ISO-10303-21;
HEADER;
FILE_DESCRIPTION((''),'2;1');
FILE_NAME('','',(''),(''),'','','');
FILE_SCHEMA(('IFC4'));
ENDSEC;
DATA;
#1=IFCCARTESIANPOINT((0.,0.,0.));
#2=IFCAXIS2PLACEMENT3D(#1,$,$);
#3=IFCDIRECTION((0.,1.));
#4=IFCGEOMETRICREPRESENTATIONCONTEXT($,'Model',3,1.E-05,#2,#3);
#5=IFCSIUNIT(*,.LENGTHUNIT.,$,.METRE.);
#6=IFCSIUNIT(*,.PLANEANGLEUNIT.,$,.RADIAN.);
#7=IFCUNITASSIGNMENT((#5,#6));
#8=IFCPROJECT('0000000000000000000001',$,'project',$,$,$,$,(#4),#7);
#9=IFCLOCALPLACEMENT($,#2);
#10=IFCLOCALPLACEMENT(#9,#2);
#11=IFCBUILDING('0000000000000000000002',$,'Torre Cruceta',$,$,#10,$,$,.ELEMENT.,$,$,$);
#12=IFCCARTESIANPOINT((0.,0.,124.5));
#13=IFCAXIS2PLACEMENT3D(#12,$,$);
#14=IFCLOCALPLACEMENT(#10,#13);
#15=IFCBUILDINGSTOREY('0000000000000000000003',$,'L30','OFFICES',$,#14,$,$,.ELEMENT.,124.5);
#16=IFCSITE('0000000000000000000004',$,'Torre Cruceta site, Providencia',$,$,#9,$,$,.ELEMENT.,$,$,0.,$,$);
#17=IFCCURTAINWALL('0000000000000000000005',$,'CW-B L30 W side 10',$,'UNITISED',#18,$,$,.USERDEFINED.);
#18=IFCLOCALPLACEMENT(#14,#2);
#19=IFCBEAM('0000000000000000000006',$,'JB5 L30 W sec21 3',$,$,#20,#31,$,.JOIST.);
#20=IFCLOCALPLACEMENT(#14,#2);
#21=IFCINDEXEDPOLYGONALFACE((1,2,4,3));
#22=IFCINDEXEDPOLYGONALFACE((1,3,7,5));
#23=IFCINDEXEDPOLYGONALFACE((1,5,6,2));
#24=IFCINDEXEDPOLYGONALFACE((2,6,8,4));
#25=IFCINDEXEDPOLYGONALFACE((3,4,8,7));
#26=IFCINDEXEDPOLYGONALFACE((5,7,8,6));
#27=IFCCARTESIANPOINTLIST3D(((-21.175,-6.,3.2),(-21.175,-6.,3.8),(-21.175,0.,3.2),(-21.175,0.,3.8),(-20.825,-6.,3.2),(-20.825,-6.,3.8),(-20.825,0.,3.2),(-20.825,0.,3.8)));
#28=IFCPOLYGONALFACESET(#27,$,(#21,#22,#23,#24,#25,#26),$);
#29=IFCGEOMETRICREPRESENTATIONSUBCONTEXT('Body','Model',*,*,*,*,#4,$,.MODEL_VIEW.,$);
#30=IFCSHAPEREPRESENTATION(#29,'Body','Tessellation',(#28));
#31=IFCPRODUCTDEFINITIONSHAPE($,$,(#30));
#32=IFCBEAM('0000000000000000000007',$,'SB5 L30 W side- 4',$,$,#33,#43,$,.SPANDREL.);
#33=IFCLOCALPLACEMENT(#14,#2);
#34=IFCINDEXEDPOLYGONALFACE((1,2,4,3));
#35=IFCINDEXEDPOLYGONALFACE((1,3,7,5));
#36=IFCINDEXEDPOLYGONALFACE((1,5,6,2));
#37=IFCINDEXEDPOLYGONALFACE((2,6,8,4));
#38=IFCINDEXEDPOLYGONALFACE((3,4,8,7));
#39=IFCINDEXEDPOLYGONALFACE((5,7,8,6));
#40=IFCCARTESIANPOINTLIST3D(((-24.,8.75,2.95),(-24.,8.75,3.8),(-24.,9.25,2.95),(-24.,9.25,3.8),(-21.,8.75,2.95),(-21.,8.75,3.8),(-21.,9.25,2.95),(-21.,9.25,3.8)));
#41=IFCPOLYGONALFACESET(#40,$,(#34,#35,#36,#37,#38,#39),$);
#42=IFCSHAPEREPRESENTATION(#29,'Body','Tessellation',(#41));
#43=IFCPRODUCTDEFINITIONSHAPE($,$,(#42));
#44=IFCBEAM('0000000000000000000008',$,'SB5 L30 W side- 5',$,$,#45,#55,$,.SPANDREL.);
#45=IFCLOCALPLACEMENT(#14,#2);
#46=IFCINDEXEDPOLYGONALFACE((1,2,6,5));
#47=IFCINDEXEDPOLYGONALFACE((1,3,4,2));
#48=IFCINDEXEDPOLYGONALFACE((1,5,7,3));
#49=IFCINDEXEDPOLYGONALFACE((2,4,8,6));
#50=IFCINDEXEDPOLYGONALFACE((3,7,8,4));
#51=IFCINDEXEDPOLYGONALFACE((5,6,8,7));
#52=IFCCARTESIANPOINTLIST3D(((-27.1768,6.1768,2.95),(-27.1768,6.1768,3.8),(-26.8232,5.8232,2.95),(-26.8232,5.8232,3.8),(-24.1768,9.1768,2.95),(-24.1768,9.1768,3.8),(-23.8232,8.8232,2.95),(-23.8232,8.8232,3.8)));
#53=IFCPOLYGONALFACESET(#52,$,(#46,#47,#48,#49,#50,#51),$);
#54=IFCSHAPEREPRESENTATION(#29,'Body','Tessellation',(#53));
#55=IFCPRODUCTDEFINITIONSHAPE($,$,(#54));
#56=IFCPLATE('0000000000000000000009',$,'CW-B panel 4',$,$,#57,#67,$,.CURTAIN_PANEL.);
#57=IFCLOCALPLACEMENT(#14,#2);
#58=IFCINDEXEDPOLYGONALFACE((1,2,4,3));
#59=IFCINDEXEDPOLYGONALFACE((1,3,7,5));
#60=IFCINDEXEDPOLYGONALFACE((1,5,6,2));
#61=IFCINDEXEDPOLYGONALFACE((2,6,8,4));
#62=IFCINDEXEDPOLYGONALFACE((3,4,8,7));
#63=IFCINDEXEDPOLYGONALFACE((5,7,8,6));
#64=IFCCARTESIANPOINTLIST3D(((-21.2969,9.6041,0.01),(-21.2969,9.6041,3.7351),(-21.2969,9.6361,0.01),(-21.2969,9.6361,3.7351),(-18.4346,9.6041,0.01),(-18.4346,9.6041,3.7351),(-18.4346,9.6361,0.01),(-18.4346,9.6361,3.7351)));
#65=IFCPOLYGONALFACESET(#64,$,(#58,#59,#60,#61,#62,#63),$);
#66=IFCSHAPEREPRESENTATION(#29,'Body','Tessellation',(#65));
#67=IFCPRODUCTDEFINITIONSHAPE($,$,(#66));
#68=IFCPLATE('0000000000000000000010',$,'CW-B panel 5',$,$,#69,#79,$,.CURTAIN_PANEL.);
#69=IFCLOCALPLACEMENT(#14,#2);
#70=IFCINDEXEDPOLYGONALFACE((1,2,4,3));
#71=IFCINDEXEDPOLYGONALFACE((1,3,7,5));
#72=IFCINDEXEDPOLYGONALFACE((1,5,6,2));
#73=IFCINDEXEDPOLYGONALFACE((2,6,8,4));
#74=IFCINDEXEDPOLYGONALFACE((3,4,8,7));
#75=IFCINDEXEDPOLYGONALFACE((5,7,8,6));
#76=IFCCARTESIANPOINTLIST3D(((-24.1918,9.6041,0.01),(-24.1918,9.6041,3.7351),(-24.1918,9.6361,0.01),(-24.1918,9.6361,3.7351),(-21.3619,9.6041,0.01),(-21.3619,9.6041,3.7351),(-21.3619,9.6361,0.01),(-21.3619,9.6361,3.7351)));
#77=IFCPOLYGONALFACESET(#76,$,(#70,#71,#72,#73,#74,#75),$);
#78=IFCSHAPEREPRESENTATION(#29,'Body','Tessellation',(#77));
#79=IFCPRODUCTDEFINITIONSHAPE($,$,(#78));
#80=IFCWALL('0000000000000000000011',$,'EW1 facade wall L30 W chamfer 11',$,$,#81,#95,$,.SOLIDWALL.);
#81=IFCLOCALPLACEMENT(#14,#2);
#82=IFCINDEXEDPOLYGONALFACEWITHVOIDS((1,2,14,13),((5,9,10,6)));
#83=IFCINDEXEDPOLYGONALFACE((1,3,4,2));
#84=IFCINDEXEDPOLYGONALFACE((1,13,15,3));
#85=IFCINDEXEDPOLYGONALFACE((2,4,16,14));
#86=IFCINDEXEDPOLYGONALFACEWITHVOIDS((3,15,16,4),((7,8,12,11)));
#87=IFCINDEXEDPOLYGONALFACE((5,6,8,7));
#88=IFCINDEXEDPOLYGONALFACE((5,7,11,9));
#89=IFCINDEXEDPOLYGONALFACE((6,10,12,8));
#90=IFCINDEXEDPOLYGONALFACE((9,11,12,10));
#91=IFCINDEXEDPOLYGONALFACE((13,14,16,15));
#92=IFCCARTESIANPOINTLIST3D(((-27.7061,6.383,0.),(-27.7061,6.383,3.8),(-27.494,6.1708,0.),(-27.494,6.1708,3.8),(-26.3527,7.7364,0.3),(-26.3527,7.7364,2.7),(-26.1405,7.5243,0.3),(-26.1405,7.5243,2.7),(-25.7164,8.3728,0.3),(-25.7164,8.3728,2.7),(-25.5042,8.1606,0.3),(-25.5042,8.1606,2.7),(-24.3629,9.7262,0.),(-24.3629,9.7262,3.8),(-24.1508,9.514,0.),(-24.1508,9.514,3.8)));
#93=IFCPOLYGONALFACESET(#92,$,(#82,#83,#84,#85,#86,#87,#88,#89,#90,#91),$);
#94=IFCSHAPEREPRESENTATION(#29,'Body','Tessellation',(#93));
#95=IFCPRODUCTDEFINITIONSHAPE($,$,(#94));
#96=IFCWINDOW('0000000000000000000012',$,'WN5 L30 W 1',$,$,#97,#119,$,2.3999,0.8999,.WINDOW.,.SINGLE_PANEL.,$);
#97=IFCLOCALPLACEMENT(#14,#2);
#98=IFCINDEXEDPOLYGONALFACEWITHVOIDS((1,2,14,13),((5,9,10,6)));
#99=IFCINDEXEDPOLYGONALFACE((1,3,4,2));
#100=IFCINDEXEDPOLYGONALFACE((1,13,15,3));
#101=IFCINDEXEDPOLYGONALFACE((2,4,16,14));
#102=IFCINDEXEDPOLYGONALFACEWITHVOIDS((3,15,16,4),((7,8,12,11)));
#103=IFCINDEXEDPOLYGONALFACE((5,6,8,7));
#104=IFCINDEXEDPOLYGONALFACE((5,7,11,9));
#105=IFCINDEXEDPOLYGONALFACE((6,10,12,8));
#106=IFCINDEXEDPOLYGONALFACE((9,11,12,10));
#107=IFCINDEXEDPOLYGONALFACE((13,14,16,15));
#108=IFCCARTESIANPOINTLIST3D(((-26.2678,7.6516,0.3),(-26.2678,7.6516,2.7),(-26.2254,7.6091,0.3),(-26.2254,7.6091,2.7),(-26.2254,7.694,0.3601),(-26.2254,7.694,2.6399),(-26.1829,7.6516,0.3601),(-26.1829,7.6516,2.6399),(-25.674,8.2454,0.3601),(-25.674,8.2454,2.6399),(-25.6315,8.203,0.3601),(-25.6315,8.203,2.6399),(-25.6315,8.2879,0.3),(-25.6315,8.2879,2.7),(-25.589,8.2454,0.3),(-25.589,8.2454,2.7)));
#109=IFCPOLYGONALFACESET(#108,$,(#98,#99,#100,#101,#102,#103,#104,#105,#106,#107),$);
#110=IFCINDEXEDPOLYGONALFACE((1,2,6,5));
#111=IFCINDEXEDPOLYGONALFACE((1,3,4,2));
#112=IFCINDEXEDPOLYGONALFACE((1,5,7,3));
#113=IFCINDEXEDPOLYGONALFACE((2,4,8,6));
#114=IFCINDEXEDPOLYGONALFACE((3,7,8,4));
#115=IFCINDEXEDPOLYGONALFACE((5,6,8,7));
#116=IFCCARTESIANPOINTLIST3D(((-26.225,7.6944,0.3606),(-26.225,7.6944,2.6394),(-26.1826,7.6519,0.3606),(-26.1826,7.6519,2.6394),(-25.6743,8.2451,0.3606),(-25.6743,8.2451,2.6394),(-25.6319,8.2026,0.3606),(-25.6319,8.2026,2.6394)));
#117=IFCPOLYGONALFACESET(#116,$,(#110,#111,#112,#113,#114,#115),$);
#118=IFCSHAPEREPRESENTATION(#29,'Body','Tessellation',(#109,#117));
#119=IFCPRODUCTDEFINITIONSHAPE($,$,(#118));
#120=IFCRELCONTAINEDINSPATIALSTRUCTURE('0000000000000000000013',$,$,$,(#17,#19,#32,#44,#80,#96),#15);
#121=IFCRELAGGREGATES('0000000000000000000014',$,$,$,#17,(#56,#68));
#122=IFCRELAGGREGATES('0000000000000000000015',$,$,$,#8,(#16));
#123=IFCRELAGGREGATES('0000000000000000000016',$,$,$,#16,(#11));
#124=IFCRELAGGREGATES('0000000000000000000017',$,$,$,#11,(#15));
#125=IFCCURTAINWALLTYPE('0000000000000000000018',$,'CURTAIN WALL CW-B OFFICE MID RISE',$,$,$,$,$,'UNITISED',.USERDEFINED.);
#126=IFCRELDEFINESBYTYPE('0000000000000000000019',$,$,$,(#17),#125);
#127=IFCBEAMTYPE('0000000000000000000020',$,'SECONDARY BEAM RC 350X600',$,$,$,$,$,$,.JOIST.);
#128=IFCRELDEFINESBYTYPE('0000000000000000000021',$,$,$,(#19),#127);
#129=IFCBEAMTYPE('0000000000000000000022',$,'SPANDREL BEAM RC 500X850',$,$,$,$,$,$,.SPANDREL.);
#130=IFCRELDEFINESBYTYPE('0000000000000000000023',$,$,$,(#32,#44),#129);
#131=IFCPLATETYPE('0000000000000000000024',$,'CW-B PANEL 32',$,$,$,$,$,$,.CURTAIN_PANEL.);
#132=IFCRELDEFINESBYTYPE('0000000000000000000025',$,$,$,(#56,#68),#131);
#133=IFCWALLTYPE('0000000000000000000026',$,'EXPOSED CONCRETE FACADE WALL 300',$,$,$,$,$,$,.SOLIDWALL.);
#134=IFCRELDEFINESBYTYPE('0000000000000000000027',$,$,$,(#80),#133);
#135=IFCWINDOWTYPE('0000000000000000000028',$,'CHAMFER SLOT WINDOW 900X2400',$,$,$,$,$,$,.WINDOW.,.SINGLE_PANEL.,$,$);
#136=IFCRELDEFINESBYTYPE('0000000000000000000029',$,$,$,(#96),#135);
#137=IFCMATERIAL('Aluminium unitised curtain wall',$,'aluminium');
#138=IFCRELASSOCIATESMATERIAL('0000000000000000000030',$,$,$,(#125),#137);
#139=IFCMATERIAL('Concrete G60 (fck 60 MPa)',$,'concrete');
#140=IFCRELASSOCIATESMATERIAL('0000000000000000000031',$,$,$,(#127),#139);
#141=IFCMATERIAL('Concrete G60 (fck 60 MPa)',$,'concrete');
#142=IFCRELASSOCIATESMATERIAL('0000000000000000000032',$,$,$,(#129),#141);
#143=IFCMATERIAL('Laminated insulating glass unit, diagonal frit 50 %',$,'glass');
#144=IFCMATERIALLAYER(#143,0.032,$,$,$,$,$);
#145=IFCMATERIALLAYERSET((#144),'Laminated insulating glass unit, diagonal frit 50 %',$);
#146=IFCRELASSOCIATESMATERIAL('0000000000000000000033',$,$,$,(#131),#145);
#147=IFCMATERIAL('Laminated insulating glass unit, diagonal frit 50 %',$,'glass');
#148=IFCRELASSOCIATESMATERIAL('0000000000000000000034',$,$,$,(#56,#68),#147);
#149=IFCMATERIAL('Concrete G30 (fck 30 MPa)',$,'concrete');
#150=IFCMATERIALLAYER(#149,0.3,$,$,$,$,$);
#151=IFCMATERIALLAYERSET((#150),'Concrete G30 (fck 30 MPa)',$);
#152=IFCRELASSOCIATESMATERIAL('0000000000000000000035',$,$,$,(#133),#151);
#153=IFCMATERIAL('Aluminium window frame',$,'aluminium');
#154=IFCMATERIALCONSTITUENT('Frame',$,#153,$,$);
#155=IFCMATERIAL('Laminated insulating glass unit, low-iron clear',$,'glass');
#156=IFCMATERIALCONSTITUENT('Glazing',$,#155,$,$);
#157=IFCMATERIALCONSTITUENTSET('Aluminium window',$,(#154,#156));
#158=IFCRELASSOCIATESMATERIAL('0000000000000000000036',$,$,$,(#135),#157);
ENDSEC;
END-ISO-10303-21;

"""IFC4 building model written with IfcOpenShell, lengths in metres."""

from ifc_helpers import new_model, si_unit, direction, frame, frame_2d, origin, origin_2d, place, context, subcontext, project, spatial, rectangle, hollow_rectangle, extrude, material, layer, layer_set, constituent, constituent_set, material_profile, profile_set, type_object, element, fill, aggregate, save


model = new_model("IFC4")

# Units and contexts
model_context = context("Model", 3, precision=1e-05, world=origin(), true_north=direction((0.0, 1.0)))
body_context = subcontext(model_context, "Body", "Model", "MODEL_VIEW")
ifc_project = project(units=[si_unit("LENGTHUNIT", "METRE"), si_unit("PLANEANGLEUNIT", "RADIAN")], contexts=[model_context])

# Site, building, storey
site_placement = place(None, origin())
site = spatial("IfcSite", under=ifc_project, at=site_placement, Name="Torre Cruceta site, Providencia", CompositionType="ELEMENT", RefElevation=0.0)
building_placement = place(site_placement, origin())
building = spatial("IfcBuilding", under=site, at=building_placement, Name="Torre Cruceta", CompositionType="ELEMENT")
storey_placement = place(building_placement, frame((0.0, 0.0, 124.5)))
storey = spatial("IfcBuildingStorey", under=building, at=storey_placement, Name="L30", Description="OFFICES", CompositionType="ELEMENT", Elevation=124.5)

# Curtain wall
ifc_material_1 = material(Name="Aluminium unitised curtain wall", Category="aluminium")
curtain_wall_type = type_object("IfcCurtainWallType", Name="CURTAIN WALL CW-B OFFICE MID RISE", ElementType="UNITISED", PredefinedType="USERDEFINED", material=ifc_material_1)
curtain_wall_placement = place(storey_placement, origin())
curtain_wall = element("IfcCurtainWall", 1, at=curtain_wall_placement, inside=storey, type_object=curtain_wall_type, Name="CW-B L30 W side 10", ObjectType="UNITISED", PredefinedType="USERDEFINED")

# Beams
ifc_material_2 = material(Name="Concrete G60 (fck 60 MPa)", Category="concrete")
ifc_material_profile_1 = material_profile(ifc_material_2, rectangle(XDim=0.3501, YDim=0.6001, at=origin_2d()), Name="RC 350X600")
ifc_profile_set_1 = profile_set([ifc_material_profile_1], Name="Concrete G60 (fck 60 MPa)")
beam_type_1 = type_object("IfcBeamType", Name="SECONDARY BEAM RC 350X600", PredefinedType="JOIST", material=ifc_profile_set_1)
for number, where, z_axis, x_axis, name in (
    (2, (-21.0, 0.0, 3.5), (0.0, -1.0, 0.0), (1.0, 0.0, 0.0), "JB5 L30 W sec21 3"),
):
    element("IfcBeam", number, at=place(storey_placement, frame(where, z_axis=z_axis, x_axis=x_axis)), inside=storey, type_object=beam_type_1, Name=name, PredefinedType="JOIST", context=body_context, shape_type="SweptSolid", body=[
        extrude(rectangle(XDim=0.3501, YDim=0.6001, at=origin_2d()), origin(), (0.0, 0.0, 1.0), 6.0),
    ])
ifc_material_3 = material(Name="Concrete G60 (fck 60 MPa)", Category="concrete")
ifc_material_profile_2 = material_profile(ifc_material_3, rectangle(XDim=0.5, YDim=0.8501, at=origin_2d()), Name="RC 500X850")
ifc_profile_set_2 = profile_set([ifc_material_profile_2], Name="Concrete G60 (fck 60 MPa)")
beam_type_2 = type_object("IfcBeamType", Name="SPANDREL BEAM RC 500X850", PredefinedType="SPANDREL", material=ifc_profile_set_2)
beam_1_placement = place(storey_placement, frame((-21.0, 9.0, 3.375), z_axis=(-1.0, 0.0, 0.0), x_axis=(0.0, -1.0, 0.0)))
element("IfcBeam", 3, at=beam_1_placement, inside=storey, type_object=beam_type_2, Name="SB5 L30 W side- 4", PredefinedType="SPANDREL", context=body_context, shape_type="SweptSolid", body=[
    extrude(rectangle(XDim=0.5, YDim=0.8501, at=origin_2d()), origin(), (0.0, 0.0, 1.0), 3.0),
])
beam_2_placement = place(storey_placement, frame((-24.0, 9.0, 3.375), z_axis=(-0.707107, -0.707107, 0.0), x_axis=(0.707107, -0.707107, 0.0)))
element("IfcBeam", 4, at=beam_2_placement, inside=storey, type_object=beam_type_2, Name="SB5 L30 W side- 5", PredefinedType="SPANDREL", context=body_context, shape_type="SweptSolid", body=[
    extrude(rectangle(XDim=0.5, YDim=0.8501, at=origin_2d()), origin(), (0.0, 0.0, 1.0), 4.2427),
])

# Plates
ifc_material_4 = material(Name="Laminated insulating glass unit, diagonal frit 50 %", Category="glass")
ifc_material_5 = material(Name="Laminated insulating glass unit, diagonal frit 50 %", Category="glass")
ifc_layer_1 = layer(ifc_material_5, 0.032)
ifc_layer_set_1 = layer_set([ifc_layer_1], Name="Laminated insulating glass unit, diagonal frit 50 %")
plate_type = type_object("IfcPlateType", Name="CW-B PANEL 32", PredefinedType="CURTAIN_PANEL", material=ifc_layer_set_1)
plate_1_placement = place(storey_placement, frame((-19.8657, 9.6201, 0.01), z_axis=(0.0, 0.0, 1.0), x_axis=(-1.0, 0.0, 0.0)))
plate_1 = element("IfcPlate", 5, at=plate_1_placement, type_object=plate_type, material=ifc_material_4, Name="CW-B panel 4", PredefinedType="CURTAIN_PANEL", context=body_context, shape_type="SweptSolid", body=[
    extrude(rectangle(XDim=2.8623, YDim=0.032, at=origin_2d()), origin(), (0.0, 0.0, 1.0), 3.7251),
])
plate_2_placement = place(storey_placement, frame((-22.7769, 9.6201, 0.01), z_axis=(0.0, 0.0, 1.0), x_axis=(-1.0, 0.0, 0.0)))
plate_2 = element("IfcPlate", 6, at=plate_2_placement, type_object=plate_type, material=ifc_material_4, Name="CW-B panel 5", PredefinedType="CURTAIN_PANEL", context=body_context, shape_type="SweptSolid", body=[
    extrude(rectangle(XDim=2.8298, YDim=0.032, at=origin_2d()), origin(), (0.0, 0.0, 1.0), 3.7251),
])
aggregate(curtain_wall, [plate_1, plate_2])

# Wall, opening, window
ifc_material_6 = material(Name="Concrete G30 (fck 30 MPa)", Category="concrete")
ifc_layer_2 = layer(ifc_material_6, 0.3)
ifc_layer_set_2 = layer_set([ifc_layer_2], Name="Concrete G30 (fck 30 MPa)")
wall_type_1 = type_object("IfcWallType", Name="EXPOSED CONCRETE FACADE WALL 300", PredefinedType="SOLIDWALL", material=ifc_layer_set_2)
wall_1_placement = place(storey_placement, frame((-24.2568, 9.6201, 0.0), z_axis=(0.0, 0.0, 1.0), x_axis=(-0.707107, -0.707107, 0.0)))
wall_1 = element("IfcWall", 7, at=wall_1_placement, inside=storey, type_object=wall_type_1, Name="EW1 facade wall L30 W chamfer 11", PredefinedType="SOLIDWALL", context=body_context, shape_type="SweptSolid", body=[
    extrude(rectangle(XDim=4.728, YDim=0.3, at=frame_2d((2.364, 0.0))), origin(), (0.0, 0.0, 1.0), 3.8),
])
opening_1_placement = place(wall_1_placement, frame((1.9141, 0.0, 0.3)))
opening_1 = element("IfcOpeningElement", 8, at=opening_1_placement, cuts=wall_1, PredefinedType="OPENING", context=body_context, shape_type="SweptSolid", body=[
    extrude(rectangle(XDim=0.8999, YDim=2.3999, at=frame_2d((0.45, 1.2))), frame((0.0, 0.1599, 0.0), z_axis=(0.0, -1.0, 0.0), x_axis=(1.0, 0.0, 0.0)), (0.0, 0.0, 1.0), 0.3201),
])
ifc_material_7 = material(Name="Aluminium window frame", Category="aluminium")
ifc_constituent_1 = constituent(ifc_material_7, Name="Frame")
ifc_material_8 = material(Name="Laminated insulating glass unit, low-iron clear", Category="glass")
ifc_constituent_2 = constituent(ifc_material_8, Name="Glazing")
ifc_constituent_set_1 = constituent_set(constituents=[ifc_constituent_1, ifc_constituent_2], Name="Aluminium window")
window_type_1 = type_object("IfcWindowType", Name="CHAMFER SLOT WINDOW 900X2400", PartitioningType="SINGLE_PANEL", PredefinedType="WINDOW", material=ifc_constituent_set_1)
window_1_placement = place(opening_1_placement, origin())
window_1 = element("IfcWindow", 9, at=window_1_placement, inside=storey, type_object=window_type_1, Name="WN5 L30 W 1", OverallHeight=2.3999, OverallWidth=0.8999, PartitioningType="SINGLE_PANEL", PredefinedType="WINDOW", context=body_context, shape_type="SweptSolid", body=[
    extrude(hollow_rectangle(XDim=0.8999, YDim=2.3999, WallThickness=0.0601, at=frame_2d((0.45, 1.2))), frame((0.0, 0.03, 0.0), z_axis=(0.0, -1.0, 0.0), x_axis=(1.0, 0.0, 0.0)), (0.0, 0.0, 1.0), 0.0601),
    extrude(rectangle(XDim=0.7788, YDim=2.2788, at=frame_2d((0.45, 1.2))), frame((0.0, 0.03, 0.0), z_axis=(0.0, -1.0, 0.0), x_axis=(1.0, 0.0, 0.0)), (0.0, 0.0, 1.0), 0.0601),
])
fill(opening_1, window_1)

save(model, "model.ifc")
